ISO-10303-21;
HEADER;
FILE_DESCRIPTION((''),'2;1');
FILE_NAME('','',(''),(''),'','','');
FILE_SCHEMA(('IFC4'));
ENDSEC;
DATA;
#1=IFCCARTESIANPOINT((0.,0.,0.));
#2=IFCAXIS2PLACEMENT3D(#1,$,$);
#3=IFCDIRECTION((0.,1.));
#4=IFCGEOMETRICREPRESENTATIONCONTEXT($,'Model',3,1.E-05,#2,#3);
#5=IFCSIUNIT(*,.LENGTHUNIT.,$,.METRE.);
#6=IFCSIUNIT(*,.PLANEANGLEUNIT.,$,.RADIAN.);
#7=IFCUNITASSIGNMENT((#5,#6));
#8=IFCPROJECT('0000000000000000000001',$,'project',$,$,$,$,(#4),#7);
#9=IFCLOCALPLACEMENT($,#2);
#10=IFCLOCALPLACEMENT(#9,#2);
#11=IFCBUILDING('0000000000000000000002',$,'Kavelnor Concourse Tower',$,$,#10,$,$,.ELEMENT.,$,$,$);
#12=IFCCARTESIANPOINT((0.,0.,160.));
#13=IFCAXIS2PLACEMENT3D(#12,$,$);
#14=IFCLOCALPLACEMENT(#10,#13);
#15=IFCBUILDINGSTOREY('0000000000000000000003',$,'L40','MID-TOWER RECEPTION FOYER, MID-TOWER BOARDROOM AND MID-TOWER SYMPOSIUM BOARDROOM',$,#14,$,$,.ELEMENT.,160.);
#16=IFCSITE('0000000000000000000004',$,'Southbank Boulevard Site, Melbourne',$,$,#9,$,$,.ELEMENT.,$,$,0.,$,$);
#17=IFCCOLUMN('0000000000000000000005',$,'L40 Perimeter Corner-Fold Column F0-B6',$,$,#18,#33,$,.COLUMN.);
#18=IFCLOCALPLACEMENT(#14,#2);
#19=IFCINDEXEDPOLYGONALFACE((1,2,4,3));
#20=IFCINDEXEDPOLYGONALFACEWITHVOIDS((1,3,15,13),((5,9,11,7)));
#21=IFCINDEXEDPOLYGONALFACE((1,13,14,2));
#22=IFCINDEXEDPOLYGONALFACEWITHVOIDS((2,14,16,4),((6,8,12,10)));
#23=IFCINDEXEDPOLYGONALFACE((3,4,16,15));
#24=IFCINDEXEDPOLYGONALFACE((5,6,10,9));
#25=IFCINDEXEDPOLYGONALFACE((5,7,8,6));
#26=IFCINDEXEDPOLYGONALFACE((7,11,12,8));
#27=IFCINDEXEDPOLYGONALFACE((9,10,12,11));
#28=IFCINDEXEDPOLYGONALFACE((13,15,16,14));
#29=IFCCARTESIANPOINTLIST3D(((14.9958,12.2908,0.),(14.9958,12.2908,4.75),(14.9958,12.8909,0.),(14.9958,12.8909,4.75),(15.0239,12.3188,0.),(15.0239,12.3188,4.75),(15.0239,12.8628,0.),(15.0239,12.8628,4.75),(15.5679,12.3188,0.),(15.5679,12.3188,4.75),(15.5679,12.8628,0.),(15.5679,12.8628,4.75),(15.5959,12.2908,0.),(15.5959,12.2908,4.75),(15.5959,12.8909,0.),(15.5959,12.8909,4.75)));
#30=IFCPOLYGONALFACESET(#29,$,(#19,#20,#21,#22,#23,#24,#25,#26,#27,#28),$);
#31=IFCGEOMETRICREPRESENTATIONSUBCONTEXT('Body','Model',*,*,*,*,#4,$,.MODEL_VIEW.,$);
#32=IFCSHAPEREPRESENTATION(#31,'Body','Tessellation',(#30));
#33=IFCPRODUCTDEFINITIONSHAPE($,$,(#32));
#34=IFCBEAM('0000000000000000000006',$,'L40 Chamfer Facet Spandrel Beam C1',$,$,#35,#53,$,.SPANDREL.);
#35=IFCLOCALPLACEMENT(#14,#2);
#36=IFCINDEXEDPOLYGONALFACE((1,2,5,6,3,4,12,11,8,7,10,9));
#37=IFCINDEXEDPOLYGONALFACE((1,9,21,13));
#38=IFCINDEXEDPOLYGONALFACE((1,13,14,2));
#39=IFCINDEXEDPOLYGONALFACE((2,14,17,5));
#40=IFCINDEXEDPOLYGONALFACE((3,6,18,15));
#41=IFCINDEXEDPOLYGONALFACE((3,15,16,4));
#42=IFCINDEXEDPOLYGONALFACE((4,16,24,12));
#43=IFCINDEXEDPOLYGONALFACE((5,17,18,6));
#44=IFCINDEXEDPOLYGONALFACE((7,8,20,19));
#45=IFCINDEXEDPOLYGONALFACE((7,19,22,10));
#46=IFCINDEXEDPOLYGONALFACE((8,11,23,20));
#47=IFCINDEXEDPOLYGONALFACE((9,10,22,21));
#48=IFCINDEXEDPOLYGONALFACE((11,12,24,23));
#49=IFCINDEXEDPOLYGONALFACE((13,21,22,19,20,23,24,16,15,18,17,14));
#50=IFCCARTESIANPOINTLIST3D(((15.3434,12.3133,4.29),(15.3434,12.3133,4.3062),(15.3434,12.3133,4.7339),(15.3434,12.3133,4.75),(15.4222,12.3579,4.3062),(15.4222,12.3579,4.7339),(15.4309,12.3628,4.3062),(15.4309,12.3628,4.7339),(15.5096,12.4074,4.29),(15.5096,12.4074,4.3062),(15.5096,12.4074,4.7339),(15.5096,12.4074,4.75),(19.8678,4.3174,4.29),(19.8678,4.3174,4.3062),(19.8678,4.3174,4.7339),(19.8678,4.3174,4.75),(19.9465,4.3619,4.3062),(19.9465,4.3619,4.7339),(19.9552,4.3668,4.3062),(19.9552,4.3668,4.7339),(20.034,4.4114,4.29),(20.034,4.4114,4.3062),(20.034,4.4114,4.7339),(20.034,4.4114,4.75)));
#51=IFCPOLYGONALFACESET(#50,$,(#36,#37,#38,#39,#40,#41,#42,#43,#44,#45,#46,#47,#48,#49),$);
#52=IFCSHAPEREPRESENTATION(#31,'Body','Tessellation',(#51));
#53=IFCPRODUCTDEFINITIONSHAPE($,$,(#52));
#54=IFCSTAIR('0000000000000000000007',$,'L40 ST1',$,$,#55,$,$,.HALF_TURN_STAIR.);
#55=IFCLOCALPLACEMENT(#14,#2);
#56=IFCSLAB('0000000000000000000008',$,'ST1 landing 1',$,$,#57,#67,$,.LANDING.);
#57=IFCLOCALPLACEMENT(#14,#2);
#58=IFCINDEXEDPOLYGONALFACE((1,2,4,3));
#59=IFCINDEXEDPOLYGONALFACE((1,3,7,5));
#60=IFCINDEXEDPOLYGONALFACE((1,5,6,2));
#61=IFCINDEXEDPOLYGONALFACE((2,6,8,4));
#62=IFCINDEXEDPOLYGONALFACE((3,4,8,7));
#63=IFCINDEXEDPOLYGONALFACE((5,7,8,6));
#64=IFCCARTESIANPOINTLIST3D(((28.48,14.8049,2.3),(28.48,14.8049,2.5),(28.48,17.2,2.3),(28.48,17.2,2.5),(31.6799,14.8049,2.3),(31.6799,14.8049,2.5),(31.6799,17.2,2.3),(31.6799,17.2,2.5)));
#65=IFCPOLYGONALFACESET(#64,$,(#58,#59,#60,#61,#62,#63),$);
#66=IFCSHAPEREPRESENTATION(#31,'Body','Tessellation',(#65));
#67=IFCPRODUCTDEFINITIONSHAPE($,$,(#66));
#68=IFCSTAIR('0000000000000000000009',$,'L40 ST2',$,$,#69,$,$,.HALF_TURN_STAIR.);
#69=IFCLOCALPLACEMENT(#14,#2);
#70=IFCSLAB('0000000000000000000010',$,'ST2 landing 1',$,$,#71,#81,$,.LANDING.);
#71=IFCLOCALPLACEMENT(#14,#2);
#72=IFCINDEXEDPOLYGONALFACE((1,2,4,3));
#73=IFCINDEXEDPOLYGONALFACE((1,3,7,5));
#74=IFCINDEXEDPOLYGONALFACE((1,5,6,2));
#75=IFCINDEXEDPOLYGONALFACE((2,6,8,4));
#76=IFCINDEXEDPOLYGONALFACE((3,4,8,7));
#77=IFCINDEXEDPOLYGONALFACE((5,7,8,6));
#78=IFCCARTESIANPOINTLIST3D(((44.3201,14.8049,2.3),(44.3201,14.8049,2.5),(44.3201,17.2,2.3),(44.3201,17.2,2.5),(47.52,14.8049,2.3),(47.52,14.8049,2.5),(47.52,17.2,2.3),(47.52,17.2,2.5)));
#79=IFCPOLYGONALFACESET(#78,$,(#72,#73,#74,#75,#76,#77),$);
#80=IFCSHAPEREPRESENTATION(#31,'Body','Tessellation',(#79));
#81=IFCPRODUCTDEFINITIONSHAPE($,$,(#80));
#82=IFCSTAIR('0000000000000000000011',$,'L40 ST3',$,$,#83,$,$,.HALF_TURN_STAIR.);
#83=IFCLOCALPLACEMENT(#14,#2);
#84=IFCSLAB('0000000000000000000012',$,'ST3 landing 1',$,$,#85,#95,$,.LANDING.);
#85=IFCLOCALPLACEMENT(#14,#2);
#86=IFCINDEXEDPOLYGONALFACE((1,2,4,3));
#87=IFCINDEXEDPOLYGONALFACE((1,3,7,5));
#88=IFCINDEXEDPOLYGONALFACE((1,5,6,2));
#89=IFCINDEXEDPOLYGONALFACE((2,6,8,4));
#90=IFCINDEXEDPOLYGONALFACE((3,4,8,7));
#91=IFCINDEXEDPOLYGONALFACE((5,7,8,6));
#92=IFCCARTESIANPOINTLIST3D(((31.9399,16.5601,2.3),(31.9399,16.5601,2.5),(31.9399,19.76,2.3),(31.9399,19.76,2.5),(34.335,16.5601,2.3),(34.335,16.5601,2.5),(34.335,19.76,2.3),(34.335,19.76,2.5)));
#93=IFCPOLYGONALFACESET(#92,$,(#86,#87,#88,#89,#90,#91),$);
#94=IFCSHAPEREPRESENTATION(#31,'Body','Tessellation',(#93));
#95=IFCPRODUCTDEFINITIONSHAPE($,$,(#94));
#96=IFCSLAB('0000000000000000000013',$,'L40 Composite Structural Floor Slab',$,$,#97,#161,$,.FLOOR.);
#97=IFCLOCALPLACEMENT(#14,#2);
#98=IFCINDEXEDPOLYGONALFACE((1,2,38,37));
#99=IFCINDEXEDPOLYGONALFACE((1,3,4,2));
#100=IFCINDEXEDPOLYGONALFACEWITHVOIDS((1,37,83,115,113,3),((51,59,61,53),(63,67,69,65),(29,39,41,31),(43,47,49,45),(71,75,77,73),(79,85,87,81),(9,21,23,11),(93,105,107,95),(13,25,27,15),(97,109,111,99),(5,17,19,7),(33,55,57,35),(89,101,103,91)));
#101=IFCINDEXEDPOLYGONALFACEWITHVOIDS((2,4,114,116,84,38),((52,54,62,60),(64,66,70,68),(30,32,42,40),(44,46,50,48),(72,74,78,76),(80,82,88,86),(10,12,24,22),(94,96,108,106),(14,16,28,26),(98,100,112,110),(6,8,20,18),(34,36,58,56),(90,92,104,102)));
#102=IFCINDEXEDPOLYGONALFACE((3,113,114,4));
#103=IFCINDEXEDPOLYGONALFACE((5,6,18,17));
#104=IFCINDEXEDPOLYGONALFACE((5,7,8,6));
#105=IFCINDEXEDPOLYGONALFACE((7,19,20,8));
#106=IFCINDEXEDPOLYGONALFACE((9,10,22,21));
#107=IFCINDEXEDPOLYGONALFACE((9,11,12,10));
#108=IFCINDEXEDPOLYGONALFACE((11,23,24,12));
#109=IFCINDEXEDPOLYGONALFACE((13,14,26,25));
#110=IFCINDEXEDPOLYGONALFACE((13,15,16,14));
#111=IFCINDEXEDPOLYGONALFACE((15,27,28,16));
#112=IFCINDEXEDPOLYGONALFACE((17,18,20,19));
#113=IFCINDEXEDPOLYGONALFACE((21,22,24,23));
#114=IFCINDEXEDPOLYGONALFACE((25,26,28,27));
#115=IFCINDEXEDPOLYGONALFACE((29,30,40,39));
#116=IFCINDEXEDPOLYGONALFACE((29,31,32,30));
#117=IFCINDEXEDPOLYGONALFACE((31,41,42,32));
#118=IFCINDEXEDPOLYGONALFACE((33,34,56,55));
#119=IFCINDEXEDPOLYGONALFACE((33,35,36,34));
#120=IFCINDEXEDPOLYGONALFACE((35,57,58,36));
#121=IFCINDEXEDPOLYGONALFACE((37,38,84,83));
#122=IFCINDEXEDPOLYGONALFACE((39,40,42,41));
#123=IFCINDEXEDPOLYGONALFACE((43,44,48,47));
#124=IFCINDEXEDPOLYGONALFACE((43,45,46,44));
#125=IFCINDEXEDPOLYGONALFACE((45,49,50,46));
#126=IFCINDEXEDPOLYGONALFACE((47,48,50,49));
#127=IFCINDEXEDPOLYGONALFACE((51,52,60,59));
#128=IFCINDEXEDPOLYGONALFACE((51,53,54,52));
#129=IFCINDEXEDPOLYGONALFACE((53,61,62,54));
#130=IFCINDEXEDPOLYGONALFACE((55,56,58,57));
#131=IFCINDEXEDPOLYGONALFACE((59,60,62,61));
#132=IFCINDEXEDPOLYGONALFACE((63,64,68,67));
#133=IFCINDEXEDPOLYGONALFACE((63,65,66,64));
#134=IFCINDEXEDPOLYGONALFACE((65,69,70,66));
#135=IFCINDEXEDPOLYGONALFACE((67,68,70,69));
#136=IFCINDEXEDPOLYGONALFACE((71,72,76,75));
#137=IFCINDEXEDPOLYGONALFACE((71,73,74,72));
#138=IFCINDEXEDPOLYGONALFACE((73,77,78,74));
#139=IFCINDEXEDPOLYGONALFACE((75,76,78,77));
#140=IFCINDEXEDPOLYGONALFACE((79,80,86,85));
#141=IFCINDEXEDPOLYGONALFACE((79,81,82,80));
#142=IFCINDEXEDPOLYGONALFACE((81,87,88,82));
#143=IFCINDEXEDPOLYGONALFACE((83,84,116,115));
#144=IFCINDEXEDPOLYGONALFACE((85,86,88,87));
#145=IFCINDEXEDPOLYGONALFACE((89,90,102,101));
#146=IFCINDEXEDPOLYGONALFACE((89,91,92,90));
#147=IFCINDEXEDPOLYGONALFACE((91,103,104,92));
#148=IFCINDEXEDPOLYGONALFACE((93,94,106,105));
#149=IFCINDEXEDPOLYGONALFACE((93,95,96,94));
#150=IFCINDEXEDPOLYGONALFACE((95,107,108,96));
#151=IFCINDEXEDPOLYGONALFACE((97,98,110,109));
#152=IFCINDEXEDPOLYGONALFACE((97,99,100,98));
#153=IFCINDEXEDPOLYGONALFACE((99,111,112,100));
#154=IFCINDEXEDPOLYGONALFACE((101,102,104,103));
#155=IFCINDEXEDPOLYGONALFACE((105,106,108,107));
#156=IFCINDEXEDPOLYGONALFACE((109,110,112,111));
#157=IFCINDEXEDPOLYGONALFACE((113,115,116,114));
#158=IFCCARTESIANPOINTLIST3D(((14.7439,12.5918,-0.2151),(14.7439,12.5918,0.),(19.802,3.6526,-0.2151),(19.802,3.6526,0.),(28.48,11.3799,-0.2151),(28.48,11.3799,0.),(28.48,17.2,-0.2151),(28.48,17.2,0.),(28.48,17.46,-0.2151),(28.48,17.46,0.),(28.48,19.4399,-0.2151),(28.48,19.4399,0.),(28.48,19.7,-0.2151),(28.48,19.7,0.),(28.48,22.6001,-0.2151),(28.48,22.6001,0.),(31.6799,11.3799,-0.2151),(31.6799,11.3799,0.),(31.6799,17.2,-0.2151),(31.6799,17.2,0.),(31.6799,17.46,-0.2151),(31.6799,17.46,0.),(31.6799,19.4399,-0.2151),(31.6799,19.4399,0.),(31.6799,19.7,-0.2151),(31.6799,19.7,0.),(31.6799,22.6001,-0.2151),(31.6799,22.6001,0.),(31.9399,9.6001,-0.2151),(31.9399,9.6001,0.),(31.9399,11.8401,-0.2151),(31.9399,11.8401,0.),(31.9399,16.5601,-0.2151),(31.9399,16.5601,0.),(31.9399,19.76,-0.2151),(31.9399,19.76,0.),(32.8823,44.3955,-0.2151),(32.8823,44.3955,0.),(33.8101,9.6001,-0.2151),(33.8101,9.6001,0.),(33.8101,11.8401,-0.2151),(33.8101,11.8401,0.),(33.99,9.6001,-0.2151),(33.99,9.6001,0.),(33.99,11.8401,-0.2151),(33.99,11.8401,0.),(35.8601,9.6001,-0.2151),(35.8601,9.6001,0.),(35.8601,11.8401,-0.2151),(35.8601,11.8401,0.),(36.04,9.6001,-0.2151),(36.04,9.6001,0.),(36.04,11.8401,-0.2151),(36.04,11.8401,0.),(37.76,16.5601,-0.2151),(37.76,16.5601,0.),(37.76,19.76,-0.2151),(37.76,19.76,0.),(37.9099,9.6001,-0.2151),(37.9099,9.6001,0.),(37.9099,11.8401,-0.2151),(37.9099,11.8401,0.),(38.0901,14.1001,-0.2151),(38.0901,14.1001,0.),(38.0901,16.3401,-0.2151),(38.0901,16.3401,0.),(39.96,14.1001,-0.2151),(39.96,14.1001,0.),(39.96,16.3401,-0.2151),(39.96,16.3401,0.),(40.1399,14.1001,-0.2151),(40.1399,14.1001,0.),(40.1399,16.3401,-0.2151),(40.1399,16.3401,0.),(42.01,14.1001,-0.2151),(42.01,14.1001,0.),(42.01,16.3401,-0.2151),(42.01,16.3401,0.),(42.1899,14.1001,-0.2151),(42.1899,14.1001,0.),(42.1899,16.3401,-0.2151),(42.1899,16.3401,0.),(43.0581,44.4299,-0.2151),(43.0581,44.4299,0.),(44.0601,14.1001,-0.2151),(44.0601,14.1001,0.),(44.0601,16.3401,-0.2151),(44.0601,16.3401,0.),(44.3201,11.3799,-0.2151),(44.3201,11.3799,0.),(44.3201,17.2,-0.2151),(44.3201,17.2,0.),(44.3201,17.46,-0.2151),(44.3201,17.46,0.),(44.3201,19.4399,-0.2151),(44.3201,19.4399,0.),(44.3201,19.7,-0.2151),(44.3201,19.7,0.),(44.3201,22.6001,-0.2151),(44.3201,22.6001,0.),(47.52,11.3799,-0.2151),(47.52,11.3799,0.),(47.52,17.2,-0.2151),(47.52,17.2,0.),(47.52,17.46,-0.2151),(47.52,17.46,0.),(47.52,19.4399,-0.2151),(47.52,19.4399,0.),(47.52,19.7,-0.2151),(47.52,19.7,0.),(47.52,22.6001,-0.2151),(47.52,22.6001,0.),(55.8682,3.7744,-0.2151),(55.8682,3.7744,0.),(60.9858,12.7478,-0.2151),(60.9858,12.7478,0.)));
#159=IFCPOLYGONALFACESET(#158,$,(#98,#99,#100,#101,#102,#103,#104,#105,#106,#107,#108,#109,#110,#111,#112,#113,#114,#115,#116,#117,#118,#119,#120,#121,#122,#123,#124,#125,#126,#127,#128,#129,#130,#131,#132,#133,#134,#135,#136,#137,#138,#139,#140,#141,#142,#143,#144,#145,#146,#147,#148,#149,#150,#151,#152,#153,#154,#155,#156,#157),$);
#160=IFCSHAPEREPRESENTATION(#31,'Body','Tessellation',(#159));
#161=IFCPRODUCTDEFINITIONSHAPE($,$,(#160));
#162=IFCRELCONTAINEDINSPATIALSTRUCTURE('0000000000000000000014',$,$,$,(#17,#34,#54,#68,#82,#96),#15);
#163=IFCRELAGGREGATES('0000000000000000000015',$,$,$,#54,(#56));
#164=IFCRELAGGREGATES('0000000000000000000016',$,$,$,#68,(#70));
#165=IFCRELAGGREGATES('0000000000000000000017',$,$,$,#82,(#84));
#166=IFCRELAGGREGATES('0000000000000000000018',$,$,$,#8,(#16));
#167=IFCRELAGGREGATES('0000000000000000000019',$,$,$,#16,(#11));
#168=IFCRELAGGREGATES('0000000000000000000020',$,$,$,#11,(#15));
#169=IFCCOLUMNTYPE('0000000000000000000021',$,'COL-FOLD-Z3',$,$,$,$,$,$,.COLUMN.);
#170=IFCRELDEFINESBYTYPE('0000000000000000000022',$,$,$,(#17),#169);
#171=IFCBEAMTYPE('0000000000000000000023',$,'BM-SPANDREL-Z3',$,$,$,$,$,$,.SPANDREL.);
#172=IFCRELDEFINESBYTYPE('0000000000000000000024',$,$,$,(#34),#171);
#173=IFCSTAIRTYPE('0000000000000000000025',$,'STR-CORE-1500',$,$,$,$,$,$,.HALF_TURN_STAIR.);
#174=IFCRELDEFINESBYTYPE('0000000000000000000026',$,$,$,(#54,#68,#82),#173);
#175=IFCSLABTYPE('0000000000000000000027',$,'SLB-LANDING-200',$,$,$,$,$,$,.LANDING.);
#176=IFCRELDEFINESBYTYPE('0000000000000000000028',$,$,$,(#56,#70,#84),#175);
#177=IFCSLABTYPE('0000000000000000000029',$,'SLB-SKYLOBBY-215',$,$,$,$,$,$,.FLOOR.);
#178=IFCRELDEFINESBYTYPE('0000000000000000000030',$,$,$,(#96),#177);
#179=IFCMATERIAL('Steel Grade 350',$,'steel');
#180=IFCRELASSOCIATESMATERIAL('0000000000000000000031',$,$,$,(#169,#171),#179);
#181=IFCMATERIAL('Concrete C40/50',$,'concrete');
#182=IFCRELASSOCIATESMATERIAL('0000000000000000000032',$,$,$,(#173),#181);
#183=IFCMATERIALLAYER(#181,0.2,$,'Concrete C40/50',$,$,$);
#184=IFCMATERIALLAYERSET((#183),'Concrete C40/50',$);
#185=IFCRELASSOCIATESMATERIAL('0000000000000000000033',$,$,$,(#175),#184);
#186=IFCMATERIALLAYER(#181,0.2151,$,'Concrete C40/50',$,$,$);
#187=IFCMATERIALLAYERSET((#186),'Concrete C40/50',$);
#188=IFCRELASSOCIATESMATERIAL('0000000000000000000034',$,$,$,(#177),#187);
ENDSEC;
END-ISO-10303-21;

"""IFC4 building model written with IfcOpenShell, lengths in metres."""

from ifc_helpers import new_model, si_unit, direction, frame, origin, origin_2d, place, context, subcontext, project, spatial, polyline, hollow_rectangle, i_section, outline, extrude, material, layer, layer_set, material_profile, profile_set, type_object, element, aggregate, save


model = new_model("IFC4")

# Units and contexts
model_context = context("Model", 3, precision=1e-05, world=origin(), true_north=direction((0.0, 1.0)))
body_context = subcontext(model_context, "Body", "Model", "MODEL_VIEW")
ifc_project = project(units=[si_unit("LENGTHUNIT", "METRE"), si_unit("PLANEANGLEUNIT", "RADIAN")], contexts=[model_context])

# Site, building, storey
site_placement = place(None, origin())
site = spatial("IfcSite", under=ifc_project, at=site_placement, Name="Southbank Boulevard Site, Melbourne", CompositionType="ELEMENT", RefElevation=0.0)
building_placement = place(site_placement, origin())
building = spatial("IfcBuilding", under=site, at=building_placement, Name="Kavelnor Concourse Tower", CompositionType="ELEMENT")
storey_placement = place(building_placement, frame((0.0, 0.0, 160.0)))
storey = spatial("IfcBuildingStorey", under=building, at=storey_placement, Name="L40", Description="MID-TOWER RECEPTION FOYER, MID-TOWER BOARDROOM AND MID-TOWER SYMPOSIUM BOARDROOM", CompositionType="ELEMENT", Elevation=160.0)

# Column
ifc_material_1 = material(Name="Steel Grade 350", Category="steel")
ifc_material_profile_1 = material_profile(ifc_material_1, hollow_rectangle(XDim=0.6001, YDim=0.6001, WallThickness=0.0281, at=origin_2d()), Name="SHS 600x600x28")
ifc_profile_set_1 = profile_set([ifc_material_profile_1], Name="Steel Grade 350")
column_type = type_object("IfcColumnType", Name="COL-FOLD-Z3", PredefinedType="COLUMN", material=ifc_profile_set_1)
column_placement = place(storey_placement, frame((15.2959, 12.5908, 0.0), z_axis=(0.0, 0.0, 1.0), x_axis=(1.0, 0.0, 0.0)))
element("IfcColumn", 1, at=column_placement, inside=storey, type_object=column_type, Name="L40 Perimeter Corner-Fold Column F0-B6", PredefinedType="COLUMN", context=body_context, shape_type="SweptSolid", body=[
    extrude(hollow_rectangle(XDim=0.6001, YDim=0.6001, WallThickness=0.0281, at=origin_2d()), origin(), (0.0, 0.0, 1.0), 4.75),
])

# Beam
ifc_material_profile_2 = material_profile(ifc_material_1, i_section(OverallWidth=0.1909, OverallDepth=0.46, WebThickness=0.01, FlangeThickness=0.0161, at=origin_2d()), Name="460UB82")
ifc_profile_set_2 = profile_set([ifc_material_profile_2], Name="Steel Grade 350")
beam_type = type_object("IfcBeamType", Name="BM-SPANDREL-Z3", PredefinedType="SPANDREL", material=ifc_profile_set_2)
beam_placement = place(storey_placement, frame((15.4265, 12.3604, 4.52), z_axis=(0.49246, -0.870335, 0.0), x_axis=(0.870335, 0.49246, 0.0)))
element("IfcBeam", 2, at=beam_placement, inside=storey, type_object=beam_type, Name="L40 Chamfer Facet Spandrel Beam C1", PredefinedType="SPANDREL", context=body_context, shape_type="SweptSolid", body=[
    extrude(i_section(OverallWidth=0.1909, OverallDepth=0.46, WebThickness=0.01, FlangeThickness=0.0161, at=origin_2d()), origin(), (0.0, 0.0, 1.0), 9.1873),
])

# Stairs, slabs
ifc_material_2 = material(Name="Concrete C40/50", Category="concrete")
stair_type = type_object("IfcStairType", Name="STR-CORE-1500", PredefinedType="HALF_TURN_STAIR", material=ifc_material_2)
stair_1_placement = place(storey_placement, origin())
stair_1 = element("IfcStair", 3, at=stair_1_placement, inside=storey, type_object=stair_type, Name="L40 ST1", PredefinedType="HALF_TURN_STAIR")
ifc_layer_1 = layer(ifc_material_2, 0.2, Name="Concrete C40/50")
ifc_layer_set_1 = layer_set([ifc_layer_1], Name="Concrete C40/50")
slab_type_1 = type_object("IfcSlabType", Name="SLB-LANDING-200", PredefinedType="LANDING", material=ifc_layer_set_1)
slab_1_placement = place(storey_placement, frame((0.0, 0.0, 2.3)))
slab_1 = element("IfcSlab", 4, at=slab_1_placement, type_object=slab_type_1, Name="ST1 landing 1", PredefinedType="LANDING", context=body_context, shape_type="SweptSolid", body=[
    extrude(outline(polyline([(31.6799, 14.8049), (31.6799, 17.2), (28.48, 17.2), (28.48, 14.8049), (31.6799, 14.8049)])), origin(), (0.0, 0.0, 1.0), 0.2),
])
aggregate(stair_1, [slab_1])
stair_2_placement = place(storey_placement, origin())
stair_2 = element("IfcStair", 5, at=stair_2_placement, inside=storey, type_object=stair_type, Name="L40 ST2", PredefinedType="HALF_TURN_STAIR")
slab_2_placement = place(storey_placement, frame((0.0, 0.0, 2.3)))
slab_2 = element("IfcSlab", 6, at=slab_2_placement, type_object=slab_type_1, Name="ST2 landing 1", PredefinedType="LANDING", context=body_context, shape_type="SweptSolid", body=[
    extrude(outline(polyline([(47.52, 14.8049), (47.52, 17.2), (44.3201, 17.2), (44.3201, 14.8049), (47.52, 14.8049)])), origin(), (0.0, 0.0, 1.0), 0.2),
])
aggregate(stair_2, [slab_2])
stair_3_placement = place(storey_placement, origin())
stair_3 = element("IfcStair", 7, at=stair_3_placement, inside=storey, type_object=stair_type, Name="L40 ST3", PredefinedType="HALF_TURN_STAIR")
slab_3_placement = place(storey_placement, frame((0.0, 0.0, 2.3)))
slab_3 = element("IfcSlab", 8, at=slab_3_placement, type_object=slab_type_1, Name="ST3 landing 1", PredefinedType="LANDING", context=body_context, shape_type="SweptSolid", body=[
    extrude(outline(polyline([(34.335, 19.76), (31.9399, 19.76), (31.9399, 16.5601), (34.335, 16.5601), (34.335, 19.76)])), origin(), (0.0, 0.0, 1.0), 0.2),
])
aggregate(stair_3, [slab_3])

# Slab
ifc_layer_2 = layer(ifc_material_2, 0.2151, Name="Concrete C40/50")
ifc_layer_set_2 = layer_set([ifc_layer_2], Name="Concrete C40/50")
slab_type_2 = type_object("IfcSlabType", Name="SLB-SKYLOBBY-215", PredefinedType="FLOOR", material=ifc_layer_set_2)
slab_4_placement = place(storey_placement, frame((0.0, 0.0, -0.2151)))
element("IfcSlab", 9, at=slab_4_placement, inside=storey, type_object=slab_type_2, Name="L40 Composite Structural Floor Slab", PredefinedType="FLOOR", context=body_context, shape_type="SweptSolid", body=[
    extrude(outline(polyline([(43.0581, 44.4299), (32.8823, 44.3955), (14.7439, 12.5918), (19.802, 3.6526), (55.8682, 3.7744), (60.9858, 12.7478), (43.0581, 44.4299)]), holes=[polyline([(28.48, 11.3799), (31.6799, 11.3799), (31.6799, 17.2), (28.48, 17.2), (28.48, 11.3799)]), polyline([(44.3201, 11.3799), (47.52, 11.3799), (47.52, 17.2), (44.3201, 17.2), (44.3201, 11.3799)]), polyline([(31.9399, 16.5601), (37.76, 16.5601), (37.76, 19.76), (31.9399, 19.76), (31.9399, 16.5601)]), polyline([(28.48, 19.7), (31.6799, 19.7), (31.6799, 22.6001), (28.48, 22.6001), (28.48, 19.7)]), polyline([(44.3201, 19.7), (47.52, 19.7), (47.52, 22.6001), (44.3201, 22.6001), (44.3201, 19.7)]), polyline([(38.0901, 14.1001), (39.96, 14.1001), (39.96, 16.3401), (38.0901, 16.3401), (38.0901, 14.1001)]), polyline([(40.1399, 14.1001), (42.01, 14.1001), (42.01, 16.3401), (40.1399, 16.3401), (40.1399, 14.1001)]), polyline([(42.1899, 14.1001), (44.0601, 14.1001), (44.0601, 16.3401), (42.1899, 16.3401), (42.1899, 14.1001)]), polyline([(31.9399, 9.6001), (33.8101, 9.6001), (33.8101, 11.8401), (31.9399, 11.8401), (31.9399, 9.6001)]), polyline([(33.99, 9.6001), (35.8601, 9.6001), (35.8601, 11.8401), (33.99, 11.8401), (33.99, 9.6001)]), polyline([(36.04, 9.6001), (37.9099, 9.6001), (37.9099, 11.8401), (36.04, 11.8401), (36.04, 9.6001)]), polyline([(28.48, 17.46), (31.6799, 17.46), (31.6799, 19.4399), (28.48, 19.4399), (28.48, 17.46)]), polyline([(44.3201, 17.46), (47.52, 17.46), (47.52, 19.4399), (44.3201, 19.4399), (44.3201, 17.46)])]), origin(), (0.0, 0.0, 1.0), 0.2151),
])

save(model, "model.ifc")
